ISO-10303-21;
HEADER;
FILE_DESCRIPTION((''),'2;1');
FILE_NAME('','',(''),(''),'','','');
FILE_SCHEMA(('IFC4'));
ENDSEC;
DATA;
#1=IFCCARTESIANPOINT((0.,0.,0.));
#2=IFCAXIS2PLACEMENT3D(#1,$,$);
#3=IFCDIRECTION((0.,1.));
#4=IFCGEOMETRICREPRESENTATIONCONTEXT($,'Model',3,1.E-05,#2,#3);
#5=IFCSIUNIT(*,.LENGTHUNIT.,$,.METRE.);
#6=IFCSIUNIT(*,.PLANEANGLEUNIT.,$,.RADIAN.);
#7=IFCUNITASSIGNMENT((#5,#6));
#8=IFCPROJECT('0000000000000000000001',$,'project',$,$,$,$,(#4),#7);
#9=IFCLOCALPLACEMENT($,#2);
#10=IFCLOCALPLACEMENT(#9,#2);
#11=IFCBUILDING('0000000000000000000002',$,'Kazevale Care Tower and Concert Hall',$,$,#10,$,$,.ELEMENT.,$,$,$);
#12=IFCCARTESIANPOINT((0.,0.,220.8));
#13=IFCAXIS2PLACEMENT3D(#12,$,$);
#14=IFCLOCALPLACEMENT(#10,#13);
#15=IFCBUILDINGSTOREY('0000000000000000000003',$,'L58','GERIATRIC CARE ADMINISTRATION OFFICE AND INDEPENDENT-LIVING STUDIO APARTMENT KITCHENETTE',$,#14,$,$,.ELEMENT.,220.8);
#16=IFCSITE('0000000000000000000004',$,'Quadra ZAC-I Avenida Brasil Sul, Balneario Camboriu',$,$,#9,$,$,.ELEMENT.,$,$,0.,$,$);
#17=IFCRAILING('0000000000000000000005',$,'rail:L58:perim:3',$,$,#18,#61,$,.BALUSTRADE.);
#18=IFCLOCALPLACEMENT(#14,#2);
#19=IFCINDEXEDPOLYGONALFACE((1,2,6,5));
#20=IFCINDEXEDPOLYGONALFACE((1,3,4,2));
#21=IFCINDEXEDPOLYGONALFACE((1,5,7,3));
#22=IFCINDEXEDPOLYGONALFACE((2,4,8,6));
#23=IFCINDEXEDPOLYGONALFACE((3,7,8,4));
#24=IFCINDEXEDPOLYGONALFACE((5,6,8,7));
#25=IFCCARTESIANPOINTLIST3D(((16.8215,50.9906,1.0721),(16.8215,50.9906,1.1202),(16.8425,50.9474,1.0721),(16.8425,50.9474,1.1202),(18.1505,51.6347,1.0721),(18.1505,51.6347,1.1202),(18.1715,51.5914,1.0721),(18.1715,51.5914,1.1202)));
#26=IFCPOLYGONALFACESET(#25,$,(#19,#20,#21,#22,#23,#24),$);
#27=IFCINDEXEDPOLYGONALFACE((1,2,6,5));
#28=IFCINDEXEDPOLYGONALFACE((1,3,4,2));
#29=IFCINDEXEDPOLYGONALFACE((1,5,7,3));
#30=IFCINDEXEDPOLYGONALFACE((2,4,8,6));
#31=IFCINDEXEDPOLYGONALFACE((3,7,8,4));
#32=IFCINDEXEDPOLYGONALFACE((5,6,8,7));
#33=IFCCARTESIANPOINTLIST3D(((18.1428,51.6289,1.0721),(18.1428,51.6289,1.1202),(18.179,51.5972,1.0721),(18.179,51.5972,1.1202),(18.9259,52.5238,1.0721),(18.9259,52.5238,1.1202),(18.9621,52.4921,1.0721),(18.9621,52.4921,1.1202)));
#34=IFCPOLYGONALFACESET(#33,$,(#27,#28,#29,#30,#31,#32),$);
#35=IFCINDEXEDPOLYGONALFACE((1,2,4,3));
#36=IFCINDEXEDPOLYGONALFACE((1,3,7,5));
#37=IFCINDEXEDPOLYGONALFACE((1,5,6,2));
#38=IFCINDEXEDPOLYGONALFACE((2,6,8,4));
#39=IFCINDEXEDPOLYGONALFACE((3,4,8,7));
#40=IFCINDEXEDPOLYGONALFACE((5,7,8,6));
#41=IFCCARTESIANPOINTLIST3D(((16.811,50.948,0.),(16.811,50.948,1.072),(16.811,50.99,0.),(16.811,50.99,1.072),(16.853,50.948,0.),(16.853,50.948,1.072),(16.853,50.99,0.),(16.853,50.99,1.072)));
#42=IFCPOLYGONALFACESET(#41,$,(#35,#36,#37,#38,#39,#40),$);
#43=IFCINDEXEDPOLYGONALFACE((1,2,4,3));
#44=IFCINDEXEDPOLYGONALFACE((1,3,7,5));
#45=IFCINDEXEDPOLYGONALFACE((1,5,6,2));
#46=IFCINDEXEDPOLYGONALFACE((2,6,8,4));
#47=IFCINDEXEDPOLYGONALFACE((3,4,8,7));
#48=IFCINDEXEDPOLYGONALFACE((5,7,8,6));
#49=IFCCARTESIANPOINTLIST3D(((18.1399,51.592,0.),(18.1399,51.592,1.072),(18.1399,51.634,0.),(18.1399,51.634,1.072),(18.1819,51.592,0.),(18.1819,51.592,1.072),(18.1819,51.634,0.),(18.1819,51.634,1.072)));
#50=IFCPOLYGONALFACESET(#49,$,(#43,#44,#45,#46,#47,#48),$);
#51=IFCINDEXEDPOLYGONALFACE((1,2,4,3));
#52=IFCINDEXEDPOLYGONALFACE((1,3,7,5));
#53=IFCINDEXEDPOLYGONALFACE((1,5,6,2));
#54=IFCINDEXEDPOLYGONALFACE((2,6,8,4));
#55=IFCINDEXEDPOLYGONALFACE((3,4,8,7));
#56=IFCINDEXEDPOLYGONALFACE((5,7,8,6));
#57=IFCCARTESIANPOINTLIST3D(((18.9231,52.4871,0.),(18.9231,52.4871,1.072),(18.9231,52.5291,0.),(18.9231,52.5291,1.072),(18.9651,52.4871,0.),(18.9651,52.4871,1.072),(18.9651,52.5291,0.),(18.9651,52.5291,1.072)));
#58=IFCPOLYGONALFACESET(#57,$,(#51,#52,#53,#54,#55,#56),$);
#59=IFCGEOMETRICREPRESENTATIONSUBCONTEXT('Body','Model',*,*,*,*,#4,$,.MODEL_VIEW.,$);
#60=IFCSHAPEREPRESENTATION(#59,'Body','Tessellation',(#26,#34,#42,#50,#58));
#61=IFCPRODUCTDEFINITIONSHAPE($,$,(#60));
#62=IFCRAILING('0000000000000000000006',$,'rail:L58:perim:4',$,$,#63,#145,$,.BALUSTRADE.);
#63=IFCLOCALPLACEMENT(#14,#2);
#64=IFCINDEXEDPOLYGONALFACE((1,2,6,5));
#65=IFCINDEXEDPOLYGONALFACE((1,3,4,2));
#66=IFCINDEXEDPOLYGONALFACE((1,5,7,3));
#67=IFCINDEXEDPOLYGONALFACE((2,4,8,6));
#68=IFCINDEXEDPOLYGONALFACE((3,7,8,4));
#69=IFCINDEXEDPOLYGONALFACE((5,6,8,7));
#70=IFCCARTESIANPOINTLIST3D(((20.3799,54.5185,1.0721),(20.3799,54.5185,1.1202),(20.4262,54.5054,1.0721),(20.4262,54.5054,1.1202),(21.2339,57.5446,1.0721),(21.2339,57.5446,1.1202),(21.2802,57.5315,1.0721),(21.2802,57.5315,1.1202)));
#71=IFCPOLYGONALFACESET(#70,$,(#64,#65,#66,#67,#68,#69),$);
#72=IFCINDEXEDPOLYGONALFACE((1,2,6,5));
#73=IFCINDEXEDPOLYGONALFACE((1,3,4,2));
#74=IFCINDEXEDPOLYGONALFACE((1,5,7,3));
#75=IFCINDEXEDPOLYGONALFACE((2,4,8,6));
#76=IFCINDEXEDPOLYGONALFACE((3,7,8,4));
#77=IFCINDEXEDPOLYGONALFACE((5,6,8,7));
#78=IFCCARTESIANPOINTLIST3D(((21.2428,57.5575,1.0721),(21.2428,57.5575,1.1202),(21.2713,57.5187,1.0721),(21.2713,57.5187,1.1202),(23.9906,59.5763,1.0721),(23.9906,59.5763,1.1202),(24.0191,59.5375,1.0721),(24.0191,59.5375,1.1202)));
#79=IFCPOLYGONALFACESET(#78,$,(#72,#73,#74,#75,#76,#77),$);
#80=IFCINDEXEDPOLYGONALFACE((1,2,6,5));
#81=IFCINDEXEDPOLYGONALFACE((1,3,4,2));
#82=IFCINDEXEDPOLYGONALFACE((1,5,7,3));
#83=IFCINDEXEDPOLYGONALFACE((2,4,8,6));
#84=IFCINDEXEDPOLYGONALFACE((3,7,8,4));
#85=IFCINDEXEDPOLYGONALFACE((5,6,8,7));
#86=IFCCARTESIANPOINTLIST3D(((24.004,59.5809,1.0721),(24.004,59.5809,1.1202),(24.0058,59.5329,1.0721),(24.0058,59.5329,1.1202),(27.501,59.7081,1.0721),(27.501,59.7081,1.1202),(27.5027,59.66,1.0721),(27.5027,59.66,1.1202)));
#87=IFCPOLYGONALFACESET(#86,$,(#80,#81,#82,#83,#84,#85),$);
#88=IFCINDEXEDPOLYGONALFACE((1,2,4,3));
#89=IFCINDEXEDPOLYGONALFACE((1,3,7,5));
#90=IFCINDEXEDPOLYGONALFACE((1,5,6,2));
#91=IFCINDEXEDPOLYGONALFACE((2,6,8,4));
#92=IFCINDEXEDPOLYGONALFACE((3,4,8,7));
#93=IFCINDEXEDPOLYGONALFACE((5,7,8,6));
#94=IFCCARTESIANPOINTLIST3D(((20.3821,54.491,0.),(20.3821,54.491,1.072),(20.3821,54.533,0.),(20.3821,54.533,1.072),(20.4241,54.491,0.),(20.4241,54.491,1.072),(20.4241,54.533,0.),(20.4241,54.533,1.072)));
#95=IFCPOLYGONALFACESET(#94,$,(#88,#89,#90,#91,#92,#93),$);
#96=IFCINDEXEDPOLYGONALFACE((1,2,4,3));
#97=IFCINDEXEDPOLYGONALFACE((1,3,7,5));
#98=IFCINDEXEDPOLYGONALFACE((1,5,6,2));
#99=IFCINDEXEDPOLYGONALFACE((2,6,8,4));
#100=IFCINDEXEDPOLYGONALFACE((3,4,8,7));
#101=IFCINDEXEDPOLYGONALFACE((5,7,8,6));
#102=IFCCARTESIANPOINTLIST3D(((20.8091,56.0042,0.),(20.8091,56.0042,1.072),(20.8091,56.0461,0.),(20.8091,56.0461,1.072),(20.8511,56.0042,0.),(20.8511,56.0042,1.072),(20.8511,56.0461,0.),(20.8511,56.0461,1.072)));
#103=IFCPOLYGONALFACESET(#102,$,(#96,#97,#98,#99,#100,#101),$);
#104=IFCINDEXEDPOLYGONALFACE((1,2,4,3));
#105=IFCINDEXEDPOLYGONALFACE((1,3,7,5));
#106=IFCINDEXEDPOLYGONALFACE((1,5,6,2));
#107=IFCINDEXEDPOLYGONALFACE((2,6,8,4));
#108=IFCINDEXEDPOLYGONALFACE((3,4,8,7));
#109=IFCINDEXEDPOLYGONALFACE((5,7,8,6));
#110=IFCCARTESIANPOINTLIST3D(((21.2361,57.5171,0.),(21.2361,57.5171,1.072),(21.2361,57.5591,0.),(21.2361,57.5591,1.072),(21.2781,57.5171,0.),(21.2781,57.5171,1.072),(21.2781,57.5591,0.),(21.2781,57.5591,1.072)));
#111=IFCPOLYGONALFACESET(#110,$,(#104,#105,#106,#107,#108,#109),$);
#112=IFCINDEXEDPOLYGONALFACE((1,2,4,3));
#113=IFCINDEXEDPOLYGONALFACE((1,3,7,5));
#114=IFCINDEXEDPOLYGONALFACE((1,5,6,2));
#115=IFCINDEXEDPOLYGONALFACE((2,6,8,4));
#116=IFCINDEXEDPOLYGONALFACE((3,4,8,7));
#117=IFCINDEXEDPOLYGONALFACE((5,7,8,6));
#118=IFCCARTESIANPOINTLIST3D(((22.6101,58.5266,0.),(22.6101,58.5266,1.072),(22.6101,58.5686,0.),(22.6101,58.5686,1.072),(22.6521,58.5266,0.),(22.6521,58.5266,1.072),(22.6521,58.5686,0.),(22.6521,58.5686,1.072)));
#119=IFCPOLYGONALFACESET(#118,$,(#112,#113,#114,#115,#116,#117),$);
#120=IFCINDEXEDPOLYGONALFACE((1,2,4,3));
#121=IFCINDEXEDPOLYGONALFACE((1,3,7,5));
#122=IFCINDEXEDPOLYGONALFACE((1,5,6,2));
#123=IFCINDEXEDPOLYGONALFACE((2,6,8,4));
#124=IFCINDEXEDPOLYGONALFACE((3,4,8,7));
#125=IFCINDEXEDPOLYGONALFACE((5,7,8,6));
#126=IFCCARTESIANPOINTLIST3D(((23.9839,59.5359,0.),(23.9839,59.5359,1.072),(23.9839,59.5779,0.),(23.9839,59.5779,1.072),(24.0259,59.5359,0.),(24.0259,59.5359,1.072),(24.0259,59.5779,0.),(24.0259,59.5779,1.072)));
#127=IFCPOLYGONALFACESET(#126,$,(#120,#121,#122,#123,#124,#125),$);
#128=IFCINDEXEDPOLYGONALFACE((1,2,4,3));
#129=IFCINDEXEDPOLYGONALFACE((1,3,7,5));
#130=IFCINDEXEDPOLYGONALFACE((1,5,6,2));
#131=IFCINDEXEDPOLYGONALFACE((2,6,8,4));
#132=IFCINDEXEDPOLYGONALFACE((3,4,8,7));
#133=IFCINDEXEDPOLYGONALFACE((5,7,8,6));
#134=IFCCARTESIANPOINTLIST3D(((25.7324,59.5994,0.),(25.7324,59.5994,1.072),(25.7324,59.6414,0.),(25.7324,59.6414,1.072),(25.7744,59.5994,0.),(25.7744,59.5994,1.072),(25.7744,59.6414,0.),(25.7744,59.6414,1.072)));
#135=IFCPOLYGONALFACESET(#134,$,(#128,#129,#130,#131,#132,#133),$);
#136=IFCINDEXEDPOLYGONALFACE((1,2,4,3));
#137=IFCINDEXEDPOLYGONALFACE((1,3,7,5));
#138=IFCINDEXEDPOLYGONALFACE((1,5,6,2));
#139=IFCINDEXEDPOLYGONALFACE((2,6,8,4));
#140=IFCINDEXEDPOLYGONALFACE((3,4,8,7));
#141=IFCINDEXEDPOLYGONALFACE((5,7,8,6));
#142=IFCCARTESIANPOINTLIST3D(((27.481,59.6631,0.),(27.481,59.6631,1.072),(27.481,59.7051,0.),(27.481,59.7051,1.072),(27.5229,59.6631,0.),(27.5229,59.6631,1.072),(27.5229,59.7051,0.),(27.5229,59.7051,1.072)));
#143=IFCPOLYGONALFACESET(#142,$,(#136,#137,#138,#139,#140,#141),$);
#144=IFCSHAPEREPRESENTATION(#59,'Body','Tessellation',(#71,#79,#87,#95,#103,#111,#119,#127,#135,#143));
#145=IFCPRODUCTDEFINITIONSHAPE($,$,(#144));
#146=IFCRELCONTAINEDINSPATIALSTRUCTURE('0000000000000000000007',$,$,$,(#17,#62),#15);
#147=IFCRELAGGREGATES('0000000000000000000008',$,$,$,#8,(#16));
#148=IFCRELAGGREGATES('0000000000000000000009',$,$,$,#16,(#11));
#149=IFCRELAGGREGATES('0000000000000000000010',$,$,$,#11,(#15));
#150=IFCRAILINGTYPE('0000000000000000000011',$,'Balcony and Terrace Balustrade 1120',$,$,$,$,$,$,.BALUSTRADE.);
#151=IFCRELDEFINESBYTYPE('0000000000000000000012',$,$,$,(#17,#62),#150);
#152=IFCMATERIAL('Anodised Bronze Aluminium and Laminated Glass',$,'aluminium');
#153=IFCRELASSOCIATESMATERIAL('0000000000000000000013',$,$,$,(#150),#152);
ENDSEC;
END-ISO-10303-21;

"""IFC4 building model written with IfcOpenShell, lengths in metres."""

from ifc_helpers import new_model, si_unit, direction, frame, origin, origin_2d, place, context, subcontext, project, spatial, rectangle, extrude, material, type_object, element, save


model = new_model("IFC4")

# Units and contexts
model_context = context("Model", 3, precision=1e-05, world=origin(), true_north=direction((0.0, 1.0)))
body_context = subcontext(model_context, "Body", "Model", "MODEL_VIEW")
ifc_project = project(units=[si_unit("LENGTHUNIT", "METRE"), si_unit("PLANEANGLEUNIT", "RADIAN")], contexts=[model_context])

# Site, building, storey
site_placement = place(None, origin())
site = spatial("IfcSite", under=ifc_project, at=site_placement, Name="Quadra ZAC-I Avenida Brasil Sul, Balneario Camboriu", CompositionType="ELEMENT", RefElevation=0.0)
building_placement = place(site_placement, origin())
building = spatial("IfcBuilding", under=site, at=building_placement, Name="Kazevale Care Tower and Concert Hall", CompositionType="ELEMENT")
storey_placement = place(building_placement, frame((0.0, 0.0, 220.8)))
storey = spatial("IfcBuildingStorey", under=building, at=storey_placement, Name="L58", Description="GERIATRIC CARE ADMINISTRATION OFFICE AND INDEPENDENT-LIVING STUDIO APARTMENT KITCHENETTE", CompositionType="ELEMENT", Elevation=220.8)

# Railings
ifc_material_1 = material(Name="Anodised Bronze Aluminium and Laminated Glass", Category="aluminium")
railing_type = type_object("IfcRailingType", Name="Balcony and Terrace Balustrade 1120", PredefinedType="BALUSTRADE", material=ifc_material_1)
railing_1_placement = place(storey_placement, frame((16.832, 50.969, 0.0)))
element("IfcRailing", 1, at=railing_1_placement, inside=storey, type_object=railing_type, Name="rail:L58:perim:3", PredefinedType="BALUSTRADE", context=body_context, shape_type="SweptSolid", body=[
    extrude(rectangle(XDim=0.0481, YDim=0.0481, at=origin_2d()), frame((0.0, 0.0, 1.0962), z_axis=(0.899881, 0.436136, 0.0), x_axis=(-0.436136, 0.899881, 0.0)), (0.0, 0.0, 1.0), 1.4768),
    extrude(rectangle(XDim=0.0481, YDim=0.0481, at=origin_2d()), frame((1.3289, 0.644, 1.0962), z_axis=(0.658534, 0.752551, 0.0), x_axis=(-0.752551, 0.658534, 0.0)), (0.0, 0.0, 1.0), 1.1892),
    extrude(rectangle(XDim=0.042, YDim=0.042, at=origin_2d()), origin(), (0.0, 0.0, 1.0), 1.072),
    extrude(rectangle(XDim=0.042, YDim=0.042, at=origin_2d()), frame((1.3289, 0.644, 0.0)), (0.0, 0.0, 1.0), 1.072),
    extrude(rectangle(XDim=0.042, YDim=0.042, at=origin_2d()), frame((2.1121, 1.5391, 0.0)), (0.0, 0.0, 1.0), 1.072),
])
railing_2_placement = place(storey_placement, frame((20.4031, 54.512, 0.0)))
element("IfcRailing", 2, at=railing_2_placement, inside=storey, type_object=railing_type, Name="rail:L58:perim:4", PredefinedType="BALUSTRADE", context=body_context, shape_type="SweptSolid", body=[
    extrude(rectangle(XDim=0.0481, YDim=0.0481, at=origin_2d()), frame((0.0, 0.0, 1.0962), z_axis=(0.271602, 0.96241, 0.0), x_axis=(-0.96241, 0.271602, 0.0)), (0.0, 0.0, 1.0), 3.1443),
    extrude(rectangle(XDim=0.0481, YDim=0.0481, at=origin_2d()), frame((0.854, 3.0261, 1.0962), z_axis=(0.805881, 0.592077, 0.0), x_axis=(-0.592077, 0.805881, 0.0)), (0.0, 0.0, 1.0), 3.4097),
    extrude(rectangle(XDim=0.0481, YDim=0.0481, at=origin_2d()), frame((3.6018, 5.0449, 1.0962), z_axis=(0.999339, 0.036348, 0.0), x_axis=(-0.036348, 0.999339, 0.0)), (0.0, 0.0, 1.0), 3.4993),
    extrude(rectangle(XDim=0.042, YDim=0.042, at=origin_2d()), origin(), (0.0, 0.0, 1.0), 1.072),
    extrude(rectangle(XDim=0.042, YDim=0.042, at=origin_2d()), frame((0.427, 1.5132, 0.0)), (0.0, 0.0, 1.0), 1.072),
    extrude(rectangle(XDim=0.042, YDim=0.042, at=origin_2d()), frame((0.854, 3.0261, 0.0)), (0.0, 0.0, 1.0), 1.072),
    extrude(rectangle(XDim=0.042, YDim=0.042, at=origin_2d()), frame((2.228, 4.0356, 0.0)), (0.0, 0.0, 1.0), 1.072),
    extrude(rectangle(XDim=0.042, YDim=0.042, at=origin_2d()), frame((3.6018, 5.0449, 0.0)), (0.0, 0.0, 1.0), 1.072),
    extrude(rectangle(XDim=0.042, YDim=0.042, at=origin_2d()), frame((5.3503, 5.1084, 0.0)), (0.0, 0.0, 1.0), 1.072),
    extrude(rectangle(XDim=0.042, YDim=0.042, at=origin_2d()), frame((7.0989, 5.1721, 0.0)), (0.0, 0.0, 1.0), 1.072),
])

save(model, "model.ifc")
